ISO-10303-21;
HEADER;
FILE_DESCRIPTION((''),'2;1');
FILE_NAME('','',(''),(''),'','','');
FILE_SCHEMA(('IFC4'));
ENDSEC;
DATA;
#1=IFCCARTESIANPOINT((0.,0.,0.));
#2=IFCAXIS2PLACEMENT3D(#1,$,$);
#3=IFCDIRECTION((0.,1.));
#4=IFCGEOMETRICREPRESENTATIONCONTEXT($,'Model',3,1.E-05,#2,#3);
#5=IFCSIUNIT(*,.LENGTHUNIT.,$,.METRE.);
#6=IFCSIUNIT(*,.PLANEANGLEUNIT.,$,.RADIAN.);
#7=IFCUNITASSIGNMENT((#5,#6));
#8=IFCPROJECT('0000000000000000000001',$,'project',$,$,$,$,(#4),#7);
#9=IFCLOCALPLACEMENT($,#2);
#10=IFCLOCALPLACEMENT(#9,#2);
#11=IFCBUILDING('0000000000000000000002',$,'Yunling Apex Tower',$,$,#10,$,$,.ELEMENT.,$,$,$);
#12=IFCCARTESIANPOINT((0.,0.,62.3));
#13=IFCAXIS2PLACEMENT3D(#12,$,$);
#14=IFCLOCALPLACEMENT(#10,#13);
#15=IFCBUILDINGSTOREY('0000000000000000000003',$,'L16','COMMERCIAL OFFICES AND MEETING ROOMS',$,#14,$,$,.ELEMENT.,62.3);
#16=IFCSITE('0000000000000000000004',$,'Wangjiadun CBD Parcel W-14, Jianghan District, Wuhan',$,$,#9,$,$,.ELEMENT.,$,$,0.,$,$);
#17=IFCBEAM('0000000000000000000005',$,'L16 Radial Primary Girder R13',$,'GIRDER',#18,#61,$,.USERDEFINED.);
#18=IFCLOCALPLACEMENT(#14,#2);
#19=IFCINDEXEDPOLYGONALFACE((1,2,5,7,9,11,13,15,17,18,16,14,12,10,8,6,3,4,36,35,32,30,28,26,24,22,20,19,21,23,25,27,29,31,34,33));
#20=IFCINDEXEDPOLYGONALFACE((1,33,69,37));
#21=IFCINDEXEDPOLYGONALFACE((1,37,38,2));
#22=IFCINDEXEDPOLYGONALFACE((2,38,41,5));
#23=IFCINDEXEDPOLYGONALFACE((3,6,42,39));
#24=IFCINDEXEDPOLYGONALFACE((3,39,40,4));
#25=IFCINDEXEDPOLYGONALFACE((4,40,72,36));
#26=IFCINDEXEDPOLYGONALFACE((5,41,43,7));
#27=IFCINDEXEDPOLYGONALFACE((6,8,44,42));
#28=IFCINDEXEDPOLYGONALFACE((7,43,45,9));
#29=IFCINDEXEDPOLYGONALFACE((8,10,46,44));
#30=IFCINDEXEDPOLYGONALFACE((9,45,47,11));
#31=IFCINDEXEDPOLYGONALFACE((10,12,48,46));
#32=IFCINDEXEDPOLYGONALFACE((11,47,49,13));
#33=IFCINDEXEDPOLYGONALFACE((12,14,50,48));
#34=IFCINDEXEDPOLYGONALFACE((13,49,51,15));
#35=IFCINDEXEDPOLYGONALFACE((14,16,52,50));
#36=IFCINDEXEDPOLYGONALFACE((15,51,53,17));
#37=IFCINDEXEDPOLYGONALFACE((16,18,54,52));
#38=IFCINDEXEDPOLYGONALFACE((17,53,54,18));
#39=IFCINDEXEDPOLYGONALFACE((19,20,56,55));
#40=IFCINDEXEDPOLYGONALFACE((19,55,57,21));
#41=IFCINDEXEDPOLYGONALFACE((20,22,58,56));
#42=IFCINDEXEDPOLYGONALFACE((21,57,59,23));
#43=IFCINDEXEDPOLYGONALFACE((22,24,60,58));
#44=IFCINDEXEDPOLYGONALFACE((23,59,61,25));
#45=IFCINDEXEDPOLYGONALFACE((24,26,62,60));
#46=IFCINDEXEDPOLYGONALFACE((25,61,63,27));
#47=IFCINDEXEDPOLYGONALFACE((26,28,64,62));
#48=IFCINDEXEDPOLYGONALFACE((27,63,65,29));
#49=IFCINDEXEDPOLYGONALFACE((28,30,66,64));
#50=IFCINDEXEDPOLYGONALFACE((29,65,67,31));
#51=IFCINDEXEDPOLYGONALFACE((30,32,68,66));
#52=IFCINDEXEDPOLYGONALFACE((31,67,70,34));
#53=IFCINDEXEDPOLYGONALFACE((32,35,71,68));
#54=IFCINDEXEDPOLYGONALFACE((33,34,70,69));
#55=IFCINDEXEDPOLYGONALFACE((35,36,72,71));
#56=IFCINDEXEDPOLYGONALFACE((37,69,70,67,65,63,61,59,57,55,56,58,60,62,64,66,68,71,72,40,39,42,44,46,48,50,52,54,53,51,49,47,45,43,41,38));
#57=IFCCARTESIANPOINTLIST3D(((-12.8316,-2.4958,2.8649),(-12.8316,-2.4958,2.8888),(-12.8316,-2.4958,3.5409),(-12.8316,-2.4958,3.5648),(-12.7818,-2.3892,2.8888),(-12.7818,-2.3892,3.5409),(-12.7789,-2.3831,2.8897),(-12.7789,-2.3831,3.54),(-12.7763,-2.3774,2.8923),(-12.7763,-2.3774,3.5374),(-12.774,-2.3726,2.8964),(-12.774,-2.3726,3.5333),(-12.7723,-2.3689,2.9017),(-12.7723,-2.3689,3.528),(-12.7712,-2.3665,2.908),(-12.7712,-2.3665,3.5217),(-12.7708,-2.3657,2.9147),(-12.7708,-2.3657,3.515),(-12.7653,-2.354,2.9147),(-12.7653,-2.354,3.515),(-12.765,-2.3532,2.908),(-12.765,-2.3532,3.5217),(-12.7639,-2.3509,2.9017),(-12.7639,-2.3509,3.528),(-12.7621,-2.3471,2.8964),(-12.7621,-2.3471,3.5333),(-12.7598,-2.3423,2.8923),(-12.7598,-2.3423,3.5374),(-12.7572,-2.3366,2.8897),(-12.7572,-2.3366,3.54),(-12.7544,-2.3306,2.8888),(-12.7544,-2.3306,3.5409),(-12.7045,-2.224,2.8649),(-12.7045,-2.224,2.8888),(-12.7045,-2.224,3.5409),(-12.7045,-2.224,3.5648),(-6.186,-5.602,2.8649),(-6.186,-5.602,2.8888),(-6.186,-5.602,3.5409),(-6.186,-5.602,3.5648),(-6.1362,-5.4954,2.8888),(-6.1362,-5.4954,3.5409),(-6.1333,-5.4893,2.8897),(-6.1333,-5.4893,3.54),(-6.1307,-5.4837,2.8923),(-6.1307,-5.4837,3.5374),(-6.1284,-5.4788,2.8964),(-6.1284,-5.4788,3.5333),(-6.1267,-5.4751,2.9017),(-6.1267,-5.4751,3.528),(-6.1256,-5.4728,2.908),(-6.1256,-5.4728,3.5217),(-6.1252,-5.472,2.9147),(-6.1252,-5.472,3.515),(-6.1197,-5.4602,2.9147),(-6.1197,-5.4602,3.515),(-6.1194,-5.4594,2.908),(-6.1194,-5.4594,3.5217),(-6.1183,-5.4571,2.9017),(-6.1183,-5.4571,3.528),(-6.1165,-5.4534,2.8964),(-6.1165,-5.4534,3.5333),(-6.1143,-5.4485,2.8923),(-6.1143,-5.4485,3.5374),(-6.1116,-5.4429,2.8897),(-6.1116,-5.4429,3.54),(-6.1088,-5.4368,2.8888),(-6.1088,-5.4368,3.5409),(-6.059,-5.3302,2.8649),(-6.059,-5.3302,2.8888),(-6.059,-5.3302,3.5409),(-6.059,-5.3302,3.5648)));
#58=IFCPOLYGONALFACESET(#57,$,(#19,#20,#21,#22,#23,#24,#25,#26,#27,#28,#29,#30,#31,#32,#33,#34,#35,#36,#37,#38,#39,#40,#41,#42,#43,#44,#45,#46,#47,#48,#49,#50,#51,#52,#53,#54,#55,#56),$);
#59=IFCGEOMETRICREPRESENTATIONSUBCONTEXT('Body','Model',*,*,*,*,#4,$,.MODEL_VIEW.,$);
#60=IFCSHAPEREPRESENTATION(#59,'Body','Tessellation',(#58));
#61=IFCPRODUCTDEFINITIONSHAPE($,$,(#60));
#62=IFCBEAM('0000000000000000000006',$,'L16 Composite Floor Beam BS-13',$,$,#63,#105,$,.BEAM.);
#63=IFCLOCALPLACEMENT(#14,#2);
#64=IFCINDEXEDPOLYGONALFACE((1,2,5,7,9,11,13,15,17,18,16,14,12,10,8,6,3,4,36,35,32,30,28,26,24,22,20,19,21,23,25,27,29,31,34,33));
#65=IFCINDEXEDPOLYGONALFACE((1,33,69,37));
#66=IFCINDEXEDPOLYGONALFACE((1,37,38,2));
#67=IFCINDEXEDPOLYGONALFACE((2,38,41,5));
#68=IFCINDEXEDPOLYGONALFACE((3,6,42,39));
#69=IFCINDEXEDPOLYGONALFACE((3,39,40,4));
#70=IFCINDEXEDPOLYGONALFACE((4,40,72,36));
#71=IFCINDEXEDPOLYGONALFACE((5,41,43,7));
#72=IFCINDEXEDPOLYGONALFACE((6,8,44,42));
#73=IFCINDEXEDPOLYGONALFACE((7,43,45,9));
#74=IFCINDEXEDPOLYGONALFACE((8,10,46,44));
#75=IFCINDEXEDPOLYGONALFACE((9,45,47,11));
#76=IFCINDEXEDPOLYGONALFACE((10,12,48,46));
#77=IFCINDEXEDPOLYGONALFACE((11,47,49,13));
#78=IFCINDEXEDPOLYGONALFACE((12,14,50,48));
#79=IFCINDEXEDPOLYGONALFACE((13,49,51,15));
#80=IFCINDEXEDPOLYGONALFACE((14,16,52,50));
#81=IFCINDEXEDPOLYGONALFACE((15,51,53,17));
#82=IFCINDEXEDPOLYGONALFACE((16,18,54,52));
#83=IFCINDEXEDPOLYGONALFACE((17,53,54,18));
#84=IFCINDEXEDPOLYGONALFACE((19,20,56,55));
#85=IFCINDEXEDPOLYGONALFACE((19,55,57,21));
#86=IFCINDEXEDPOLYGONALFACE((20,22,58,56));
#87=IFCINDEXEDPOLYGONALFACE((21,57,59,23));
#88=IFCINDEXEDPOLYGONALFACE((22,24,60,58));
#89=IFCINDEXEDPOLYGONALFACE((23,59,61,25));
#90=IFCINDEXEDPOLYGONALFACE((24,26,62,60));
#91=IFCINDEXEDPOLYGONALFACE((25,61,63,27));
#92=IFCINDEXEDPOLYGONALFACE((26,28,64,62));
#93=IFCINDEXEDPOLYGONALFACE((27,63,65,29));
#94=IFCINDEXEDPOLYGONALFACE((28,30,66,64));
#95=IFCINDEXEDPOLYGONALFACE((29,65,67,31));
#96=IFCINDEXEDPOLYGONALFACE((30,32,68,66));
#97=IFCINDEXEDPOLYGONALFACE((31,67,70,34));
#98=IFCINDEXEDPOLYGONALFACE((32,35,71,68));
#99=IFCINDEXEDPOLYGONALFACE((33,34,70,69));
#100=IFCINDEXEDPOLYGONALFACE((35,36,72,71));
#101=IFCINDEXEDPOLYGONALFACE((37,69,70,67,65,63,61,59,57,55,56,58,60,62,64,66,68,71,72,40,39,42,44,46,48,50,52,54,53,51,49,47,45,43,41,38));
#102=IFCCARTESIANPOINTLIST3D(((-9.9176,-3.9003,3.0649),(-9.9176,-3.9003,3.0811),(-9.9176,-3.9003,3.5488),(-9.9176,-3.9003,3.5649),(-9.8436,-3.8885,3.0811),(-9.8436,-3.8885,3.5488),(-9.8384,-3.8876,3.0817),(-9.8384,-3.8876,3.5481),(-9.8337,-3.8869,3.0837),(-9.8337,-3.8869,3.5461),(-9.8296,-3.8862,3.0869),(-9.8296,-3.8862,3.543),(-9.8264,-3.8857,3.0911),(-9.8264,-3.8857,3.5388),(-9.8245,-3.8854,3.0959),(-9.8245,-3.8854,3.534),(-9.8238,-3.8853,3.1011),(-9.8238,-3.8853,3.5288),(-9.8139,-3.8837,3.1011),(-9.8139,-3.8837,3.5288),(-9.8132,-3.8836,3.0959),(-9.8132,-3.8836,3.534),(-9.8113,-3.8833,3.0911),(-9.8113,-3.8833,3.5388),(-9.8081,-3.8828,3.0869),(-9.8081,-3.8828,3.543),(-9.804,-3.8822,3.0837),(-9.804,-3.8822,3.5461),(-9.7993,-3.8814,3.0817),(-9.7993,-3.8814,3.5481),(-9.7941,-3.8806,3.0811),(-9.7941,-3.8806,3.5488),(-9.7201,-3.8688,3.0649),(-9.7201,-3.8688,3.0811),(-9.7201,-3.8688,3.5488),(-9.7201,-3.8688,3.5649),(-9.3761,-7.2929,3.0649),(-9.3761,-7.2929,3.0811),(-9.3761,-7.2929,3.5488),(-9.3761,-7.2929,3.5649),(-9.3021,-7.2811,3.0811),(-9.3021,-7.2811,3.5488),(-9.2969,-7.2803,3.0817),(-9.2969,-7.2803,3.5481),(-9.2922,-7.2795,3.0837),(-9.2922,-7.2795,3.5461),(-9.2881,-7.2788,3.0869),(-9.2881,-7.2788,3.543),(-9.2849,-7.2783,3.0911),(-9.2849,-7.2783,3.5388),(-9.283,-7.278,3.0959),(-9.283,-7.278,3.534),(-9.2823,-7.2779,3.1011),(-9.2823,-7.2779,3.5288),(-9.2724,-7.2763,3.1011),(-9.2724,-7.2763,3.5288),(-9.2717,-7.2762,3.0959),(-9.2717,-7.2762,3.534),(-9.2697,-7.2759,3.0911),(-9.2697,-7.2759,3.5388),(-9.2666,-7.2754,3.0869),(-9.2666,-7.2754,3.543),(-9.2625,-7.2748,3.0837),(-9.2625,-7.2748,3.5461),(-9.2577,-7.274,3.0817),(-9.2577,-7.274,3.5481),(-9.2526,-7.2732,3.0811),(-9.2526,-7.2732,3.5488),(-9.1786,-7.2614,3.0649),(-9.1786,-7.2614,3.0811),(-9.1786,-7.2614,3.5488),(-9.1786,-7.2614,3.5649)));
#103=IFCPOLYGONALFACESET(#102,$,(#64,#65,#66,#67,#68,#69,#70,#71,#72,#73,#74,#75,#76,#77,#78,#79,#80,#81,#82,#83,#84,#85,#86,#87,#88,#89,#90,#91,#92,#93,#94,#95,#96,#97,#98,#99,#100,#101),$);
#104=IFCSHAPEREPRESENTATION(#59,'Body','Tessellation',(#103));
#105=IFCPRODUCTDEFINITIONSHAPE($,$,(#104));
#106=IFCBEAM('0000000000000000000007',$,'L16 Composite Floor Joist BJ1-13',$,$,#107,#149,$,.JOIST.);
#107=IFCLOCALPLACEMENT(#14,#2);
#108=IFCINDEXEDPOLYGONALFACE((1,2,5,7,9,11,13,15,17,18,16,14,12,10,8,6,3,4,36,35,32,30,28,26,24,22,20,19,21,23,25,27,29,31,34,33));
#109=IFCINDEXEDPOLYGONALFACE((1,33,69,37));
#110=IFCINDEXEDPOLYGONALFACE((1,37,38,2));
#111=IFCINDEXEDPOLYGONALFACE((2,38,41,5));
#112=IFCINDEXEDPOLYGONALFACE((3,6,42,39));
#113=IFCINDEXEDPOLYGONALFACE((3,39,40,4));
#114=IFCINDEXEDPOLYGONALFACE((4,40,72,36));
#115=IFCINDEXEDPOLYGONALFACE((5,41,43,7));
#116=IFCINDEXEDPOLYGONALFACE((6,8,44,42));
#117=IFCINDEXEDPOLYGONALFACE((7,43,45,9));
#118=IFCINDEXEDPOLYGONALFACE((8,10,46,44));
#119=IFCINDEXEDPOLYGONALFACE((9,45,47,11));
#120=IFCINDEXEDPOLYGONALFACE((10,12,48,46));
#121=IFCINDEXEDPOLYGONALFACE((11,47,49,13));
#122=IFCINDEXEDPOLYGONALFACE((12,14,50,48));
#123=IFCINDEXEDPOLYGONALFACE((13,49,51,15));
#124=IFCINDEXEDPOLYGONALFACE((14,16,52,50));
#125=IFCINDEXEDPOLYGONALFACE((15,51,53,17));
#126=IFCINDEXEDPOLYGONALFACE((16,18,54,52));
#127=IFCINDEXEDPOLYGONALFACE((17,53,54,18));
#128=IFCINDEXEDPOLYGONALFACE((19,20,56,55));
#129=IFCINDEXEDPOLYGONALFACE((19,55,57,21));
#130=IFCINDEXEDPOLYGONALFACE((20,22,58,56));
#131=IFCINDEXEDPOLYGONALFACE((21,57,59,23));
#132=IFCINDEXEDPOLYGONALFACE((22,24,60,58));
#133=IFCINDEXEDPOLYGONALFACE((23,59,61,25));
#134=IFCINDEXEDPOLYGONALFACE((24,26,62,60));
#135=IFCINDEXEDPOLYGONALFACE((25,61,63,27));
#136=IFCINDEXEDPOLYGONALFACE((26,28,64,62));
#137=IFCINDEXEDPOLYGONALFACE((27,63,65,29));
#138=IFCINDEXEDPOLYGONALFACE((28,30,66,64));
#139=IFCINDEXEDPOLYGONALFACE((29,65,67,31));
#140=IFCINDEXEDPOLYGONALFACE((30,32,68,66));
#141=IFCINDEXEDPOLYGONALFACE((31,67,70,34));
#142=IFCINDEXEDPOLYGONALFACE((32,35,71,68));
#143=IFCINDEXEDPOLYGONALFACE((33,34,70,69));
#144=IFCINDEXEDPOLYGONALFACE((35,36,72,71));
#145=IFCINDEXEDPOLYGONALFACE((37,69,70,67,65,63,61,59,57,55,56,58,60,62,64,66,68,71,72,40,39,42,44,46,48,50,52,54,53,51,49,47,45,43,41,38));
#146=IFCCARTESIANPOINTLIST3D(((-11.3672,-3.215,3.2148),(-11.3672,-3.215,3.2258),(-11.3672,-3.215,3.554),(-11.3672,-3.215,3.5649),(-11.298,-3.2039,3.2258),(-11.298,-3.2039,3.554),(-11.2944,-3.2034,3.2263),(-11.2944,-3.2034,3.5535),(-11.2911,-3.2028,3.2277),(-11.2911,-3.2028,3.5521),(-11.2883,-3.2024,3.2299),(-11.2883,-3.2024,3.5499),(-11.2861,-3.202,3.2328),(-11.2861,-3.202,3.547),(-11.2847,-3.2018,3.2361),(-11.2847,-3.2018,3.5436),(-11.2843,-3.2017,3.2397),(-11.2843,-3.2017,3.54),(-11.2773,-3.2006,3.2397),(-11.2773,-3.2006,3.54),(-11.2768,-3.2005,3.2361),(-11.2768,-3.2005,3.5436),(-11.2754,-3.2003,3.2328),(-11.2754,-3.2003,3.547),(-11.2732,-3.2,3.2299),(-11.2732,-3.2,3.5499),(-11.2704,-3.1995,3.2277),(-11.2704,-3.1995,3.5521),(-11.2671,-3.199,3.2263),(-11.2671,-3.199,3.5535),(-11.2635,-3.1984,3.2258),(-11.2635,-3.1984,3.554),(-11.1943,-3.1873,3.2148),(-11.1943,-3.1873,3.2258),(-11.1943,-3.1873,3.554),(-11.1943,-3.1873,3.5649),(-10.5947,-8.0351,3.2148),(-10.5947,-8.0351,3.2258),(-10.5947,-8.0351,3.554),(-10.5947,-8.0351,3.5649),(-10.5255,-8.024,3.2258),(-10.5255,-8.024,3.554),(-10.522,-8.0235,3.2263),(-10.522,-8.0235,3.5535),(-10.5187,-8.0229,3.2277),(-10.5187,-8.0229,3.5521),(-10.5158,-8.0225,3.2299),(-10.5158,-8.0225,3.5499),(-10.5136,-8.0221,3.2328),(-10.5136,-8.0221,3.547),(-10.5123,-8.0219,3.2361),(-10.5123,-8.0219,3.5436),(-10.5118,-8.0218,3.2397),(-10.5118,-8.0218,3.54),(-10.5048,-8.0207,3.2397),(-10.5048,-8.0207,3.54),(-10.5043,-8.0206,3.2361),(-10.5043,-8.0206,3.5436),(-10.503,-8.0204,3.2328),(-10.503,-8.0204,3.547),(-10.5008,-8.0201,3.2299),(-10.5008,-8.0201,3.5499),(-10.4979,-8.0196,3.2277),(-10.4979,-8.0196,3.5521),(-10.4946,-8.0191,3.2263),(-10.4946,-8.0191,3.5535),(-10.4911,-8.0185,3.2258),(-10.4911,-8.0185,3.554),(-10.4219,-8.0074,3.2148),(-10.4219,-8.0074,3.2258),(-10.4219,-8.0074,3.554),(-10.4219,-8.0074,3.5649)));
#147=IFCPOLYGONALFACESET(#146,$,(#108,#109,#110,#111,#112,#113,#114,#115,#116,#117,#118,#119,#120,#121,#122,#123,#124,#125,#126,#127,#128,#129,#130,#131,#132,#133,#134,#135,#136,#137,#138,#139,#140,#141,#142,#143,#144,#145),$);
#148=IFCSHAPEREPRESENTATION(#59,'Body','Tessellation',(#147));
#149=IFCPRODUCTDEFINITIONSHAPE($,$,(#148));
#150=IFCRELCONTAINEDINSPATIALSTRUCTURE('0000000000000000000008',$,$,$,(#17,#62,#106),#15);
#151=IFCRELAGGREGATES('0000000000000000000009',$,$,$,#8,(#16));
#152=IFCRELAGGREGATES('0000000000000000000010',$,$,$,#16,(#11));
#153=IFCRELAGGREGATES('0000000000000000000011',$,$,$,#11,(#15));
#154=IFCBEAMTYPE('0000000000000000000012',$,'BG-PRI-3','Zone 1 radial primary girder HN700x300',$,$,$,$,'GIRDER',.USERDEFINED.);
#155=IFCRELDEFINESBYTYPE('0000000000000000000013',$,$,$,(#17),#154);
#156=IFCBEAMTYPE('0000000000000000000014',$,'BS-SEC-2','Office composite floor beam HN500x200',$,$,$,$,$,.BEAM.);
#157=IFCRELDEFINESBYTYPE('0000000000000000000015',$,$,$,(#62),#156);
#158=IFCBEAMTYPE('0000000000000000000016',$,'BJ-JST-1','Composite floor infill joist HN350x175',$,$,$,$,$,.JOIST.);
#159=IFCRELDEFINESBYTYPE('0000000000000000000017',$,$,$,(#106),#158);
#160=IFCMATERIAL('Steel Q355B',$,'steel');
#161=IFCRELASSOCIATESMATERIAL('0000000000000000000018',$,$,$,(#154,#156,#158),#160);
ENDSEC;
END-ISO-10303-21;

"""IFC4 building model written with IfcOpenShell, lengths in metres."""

from ifc_helpers import new_model, si_unit, direction, frame, origin, origin_2d, place, context, subcontext, project, spatial, i_section, extrude, source, transform, mapped, material, material_profile, profile_set, type_object, element, save


model = new_model("IFC4")

# Units and contexts
model_context = context("Model", 3, precision=1e-05, world=origin(), true_north=direction((0.0, 1.0)))
body_context = subcontext(model_context, "Body", "Model", "MODEL_VIEW")
ifc_project = project(units=[si_unit("LENGTHUNIT", "METRE"), si_unit("PLANEANGLEUNIT", "RADIAN")], contexts=[model_context])

# Site, building, storey
site_placement = place(None, origin())
site = spatial("IfcSite", under=ifc_project, at=site_placement, Name="Wangjiadun CBD Parcel W-14, Jianghan District, Wuhan", CompositionType="ELEMENT", RefElevation=0.0)
building_placement = place(site_placement, origin())
building = spatial("IfcBuilding", under=site, at=building_placement, Name="Yunling Apex Tower", CompositionType="ELEMENT")
storey_placement = place(building_placement, frame((0.0, 0.0, 62.3)))
storey = spatial("IfcBuildingStorey", under=building, at=storey_placement, Name="L16", Description="COMMERCIAL OFFICES AND MEETING ROOMS", CompositionType="ELEMENT", Elevation=62.3)

# Beams
ifc_material_1 = material(Name="Steel Q355B", Category="steel")
ifc_material_profile_1 = material_profile(ifc_material_1, i_section(OverallWidth=0.3, OverallDepth=0.7, WebThickness=0.0129, FlangeThickness=0.0239, FilletRadius=0.0259, at=origin_2d()))
ifc_profile_set_1 = profile_set([ifc_material_profile_1], Name="Steel Q355B")
beam_type_1 = type_object("IfcBeamType", Name="BG-PRI-3", Description="Zone 1 radial primary girder HN700x300", ElementType="GIRDER", PredefinedType="USERDEFINED", material=ifc_profile_set_1)
shared_shape_1 = source(origin(), body_context, "Body", "SweptSolid", [
    extrude(i_section(OverallWidth=0.3, OverallDepth=0.7, WebThickness=0.0129, FlangeThickness=0.0239, FilletRadius=0.0259, at=origin_2d()), origin(), (0.0, 0.0, 1.0), 7.3357),
])
beam_1_placement = place(storey_placement, frame((-12.7681, -2.3599, 3.2148), z_axis=(0.905924, -0.423441, 0.0), x_axis=(0.423441, 0.905924, 0.0)))
element("IfcBeam", 1, at=beam_1_placement, inside=storey, type_object=beam_type_1, Name="L16 Radial Primary Girder R13", ObjectType="GIRDER", PredefinedType="USERDEFINED", context=body_context, shape_type="MappedRepresentation", body=[
    mapped(shared_shape_1, transform((0.0, 0.0, 0.0), scale=1.0)),
])
ifc_material_profile_2 = material_profile(ifc_material_1, i_section(OverallWidth=0.2, OverallDepth=0.5, WebThickness=0.01, FlangeThickness=0.0161, FilletRadius=0.02, at=origin_2d()))
ifc_profile_set_2 = profile_set([ifc_material_profile_2], Name="Steel Q355B")
beam_type_2 = type_object("IfcBeamType", Name="BS-SEC-2", Description="Office composite floor beam HN500x200", PredefinedType="BEAM", material=ifc_profile_set_2)
shared_shape_2 = source(origin(), body_context, "Body", "SweptSolid", [
    extrude(i_section(OverallWidth=0.2, OverallDepth=0.5, WebThickness=0.01, FlangeThickness=0.0161, FilletRadius=0.02, at=origin_2d()), origin(), (0.0, 0.0, 1.0), 3.4355),
])
beam_2_placement = place(storey_placement, frame((-9.8188, -3.8845, 3.3149), z_axis=(0.157619, -0.9875, 0.0), x_axis=(0.9875, 0.157619, 0.0)))
element("IfcBeam", 2, at=beam_2_placement, inside=storey, type_object=beam_type_2, Name="L16 Composite Floor Beam BS-13", PredefinedType="BEAM", context=body_context, shape_type="MappedRepresentation", body=[
    mapped(shared_shape_2, transform((0.0, 0.0, 0.0), scale=1.0)),
])
ifc_material_profile_3 = material_profile(ifc_material_1, i_section(OverallWidth=0.175, OverallDepth=0.3501, WebThickness=0.0071, FlangeThickness=0.011, FilletRadius=0.0139, at=origin_2d()))
ifc_profile_set_3 = profile_set([ifc_material_profile_3], Name="Steel Q355B")
beam_type_3 = type_object("IfcBeamType", Name="BJ-JST-1", Description="Composite floor infill joist HN350x175", PredefinedType="JOIST", material=ifc_profile_set_3)
shared_shape_3 = source(origin(), body_context, "Body", "SweptSolid", [
    extrude(i_section(OverallWidth=0.175, OverallDepth=0.3501, WebThickness=0.0071, FlangeThickness=0.011, FilletRadius=0.0139, at=origin_2d()), origin(), (0.0, 0.0, 1.0), 4.8816),
])
beam_3_placement = place(storey_placement, frame((-11.2808, -3.2012, 3.3899), z_axis=(0.15824, -0.987401, 0.0), x_axis=(0.987401, 0.15824, 0.0)))
element("IfcBeam", 3, at=beam_3_placement, inside=storey, type_object=beam_type_3, Name="L16 Composite Floor Joist BJ1-13", PredefinedType="JOIST", context=body_context, shape_type="MappedRepresentation", body=[
    mapped(shared_shape_3, transform((0.0, 0.0, 0.0), scale=1.0)),
])

save(model, "model.ifc")
